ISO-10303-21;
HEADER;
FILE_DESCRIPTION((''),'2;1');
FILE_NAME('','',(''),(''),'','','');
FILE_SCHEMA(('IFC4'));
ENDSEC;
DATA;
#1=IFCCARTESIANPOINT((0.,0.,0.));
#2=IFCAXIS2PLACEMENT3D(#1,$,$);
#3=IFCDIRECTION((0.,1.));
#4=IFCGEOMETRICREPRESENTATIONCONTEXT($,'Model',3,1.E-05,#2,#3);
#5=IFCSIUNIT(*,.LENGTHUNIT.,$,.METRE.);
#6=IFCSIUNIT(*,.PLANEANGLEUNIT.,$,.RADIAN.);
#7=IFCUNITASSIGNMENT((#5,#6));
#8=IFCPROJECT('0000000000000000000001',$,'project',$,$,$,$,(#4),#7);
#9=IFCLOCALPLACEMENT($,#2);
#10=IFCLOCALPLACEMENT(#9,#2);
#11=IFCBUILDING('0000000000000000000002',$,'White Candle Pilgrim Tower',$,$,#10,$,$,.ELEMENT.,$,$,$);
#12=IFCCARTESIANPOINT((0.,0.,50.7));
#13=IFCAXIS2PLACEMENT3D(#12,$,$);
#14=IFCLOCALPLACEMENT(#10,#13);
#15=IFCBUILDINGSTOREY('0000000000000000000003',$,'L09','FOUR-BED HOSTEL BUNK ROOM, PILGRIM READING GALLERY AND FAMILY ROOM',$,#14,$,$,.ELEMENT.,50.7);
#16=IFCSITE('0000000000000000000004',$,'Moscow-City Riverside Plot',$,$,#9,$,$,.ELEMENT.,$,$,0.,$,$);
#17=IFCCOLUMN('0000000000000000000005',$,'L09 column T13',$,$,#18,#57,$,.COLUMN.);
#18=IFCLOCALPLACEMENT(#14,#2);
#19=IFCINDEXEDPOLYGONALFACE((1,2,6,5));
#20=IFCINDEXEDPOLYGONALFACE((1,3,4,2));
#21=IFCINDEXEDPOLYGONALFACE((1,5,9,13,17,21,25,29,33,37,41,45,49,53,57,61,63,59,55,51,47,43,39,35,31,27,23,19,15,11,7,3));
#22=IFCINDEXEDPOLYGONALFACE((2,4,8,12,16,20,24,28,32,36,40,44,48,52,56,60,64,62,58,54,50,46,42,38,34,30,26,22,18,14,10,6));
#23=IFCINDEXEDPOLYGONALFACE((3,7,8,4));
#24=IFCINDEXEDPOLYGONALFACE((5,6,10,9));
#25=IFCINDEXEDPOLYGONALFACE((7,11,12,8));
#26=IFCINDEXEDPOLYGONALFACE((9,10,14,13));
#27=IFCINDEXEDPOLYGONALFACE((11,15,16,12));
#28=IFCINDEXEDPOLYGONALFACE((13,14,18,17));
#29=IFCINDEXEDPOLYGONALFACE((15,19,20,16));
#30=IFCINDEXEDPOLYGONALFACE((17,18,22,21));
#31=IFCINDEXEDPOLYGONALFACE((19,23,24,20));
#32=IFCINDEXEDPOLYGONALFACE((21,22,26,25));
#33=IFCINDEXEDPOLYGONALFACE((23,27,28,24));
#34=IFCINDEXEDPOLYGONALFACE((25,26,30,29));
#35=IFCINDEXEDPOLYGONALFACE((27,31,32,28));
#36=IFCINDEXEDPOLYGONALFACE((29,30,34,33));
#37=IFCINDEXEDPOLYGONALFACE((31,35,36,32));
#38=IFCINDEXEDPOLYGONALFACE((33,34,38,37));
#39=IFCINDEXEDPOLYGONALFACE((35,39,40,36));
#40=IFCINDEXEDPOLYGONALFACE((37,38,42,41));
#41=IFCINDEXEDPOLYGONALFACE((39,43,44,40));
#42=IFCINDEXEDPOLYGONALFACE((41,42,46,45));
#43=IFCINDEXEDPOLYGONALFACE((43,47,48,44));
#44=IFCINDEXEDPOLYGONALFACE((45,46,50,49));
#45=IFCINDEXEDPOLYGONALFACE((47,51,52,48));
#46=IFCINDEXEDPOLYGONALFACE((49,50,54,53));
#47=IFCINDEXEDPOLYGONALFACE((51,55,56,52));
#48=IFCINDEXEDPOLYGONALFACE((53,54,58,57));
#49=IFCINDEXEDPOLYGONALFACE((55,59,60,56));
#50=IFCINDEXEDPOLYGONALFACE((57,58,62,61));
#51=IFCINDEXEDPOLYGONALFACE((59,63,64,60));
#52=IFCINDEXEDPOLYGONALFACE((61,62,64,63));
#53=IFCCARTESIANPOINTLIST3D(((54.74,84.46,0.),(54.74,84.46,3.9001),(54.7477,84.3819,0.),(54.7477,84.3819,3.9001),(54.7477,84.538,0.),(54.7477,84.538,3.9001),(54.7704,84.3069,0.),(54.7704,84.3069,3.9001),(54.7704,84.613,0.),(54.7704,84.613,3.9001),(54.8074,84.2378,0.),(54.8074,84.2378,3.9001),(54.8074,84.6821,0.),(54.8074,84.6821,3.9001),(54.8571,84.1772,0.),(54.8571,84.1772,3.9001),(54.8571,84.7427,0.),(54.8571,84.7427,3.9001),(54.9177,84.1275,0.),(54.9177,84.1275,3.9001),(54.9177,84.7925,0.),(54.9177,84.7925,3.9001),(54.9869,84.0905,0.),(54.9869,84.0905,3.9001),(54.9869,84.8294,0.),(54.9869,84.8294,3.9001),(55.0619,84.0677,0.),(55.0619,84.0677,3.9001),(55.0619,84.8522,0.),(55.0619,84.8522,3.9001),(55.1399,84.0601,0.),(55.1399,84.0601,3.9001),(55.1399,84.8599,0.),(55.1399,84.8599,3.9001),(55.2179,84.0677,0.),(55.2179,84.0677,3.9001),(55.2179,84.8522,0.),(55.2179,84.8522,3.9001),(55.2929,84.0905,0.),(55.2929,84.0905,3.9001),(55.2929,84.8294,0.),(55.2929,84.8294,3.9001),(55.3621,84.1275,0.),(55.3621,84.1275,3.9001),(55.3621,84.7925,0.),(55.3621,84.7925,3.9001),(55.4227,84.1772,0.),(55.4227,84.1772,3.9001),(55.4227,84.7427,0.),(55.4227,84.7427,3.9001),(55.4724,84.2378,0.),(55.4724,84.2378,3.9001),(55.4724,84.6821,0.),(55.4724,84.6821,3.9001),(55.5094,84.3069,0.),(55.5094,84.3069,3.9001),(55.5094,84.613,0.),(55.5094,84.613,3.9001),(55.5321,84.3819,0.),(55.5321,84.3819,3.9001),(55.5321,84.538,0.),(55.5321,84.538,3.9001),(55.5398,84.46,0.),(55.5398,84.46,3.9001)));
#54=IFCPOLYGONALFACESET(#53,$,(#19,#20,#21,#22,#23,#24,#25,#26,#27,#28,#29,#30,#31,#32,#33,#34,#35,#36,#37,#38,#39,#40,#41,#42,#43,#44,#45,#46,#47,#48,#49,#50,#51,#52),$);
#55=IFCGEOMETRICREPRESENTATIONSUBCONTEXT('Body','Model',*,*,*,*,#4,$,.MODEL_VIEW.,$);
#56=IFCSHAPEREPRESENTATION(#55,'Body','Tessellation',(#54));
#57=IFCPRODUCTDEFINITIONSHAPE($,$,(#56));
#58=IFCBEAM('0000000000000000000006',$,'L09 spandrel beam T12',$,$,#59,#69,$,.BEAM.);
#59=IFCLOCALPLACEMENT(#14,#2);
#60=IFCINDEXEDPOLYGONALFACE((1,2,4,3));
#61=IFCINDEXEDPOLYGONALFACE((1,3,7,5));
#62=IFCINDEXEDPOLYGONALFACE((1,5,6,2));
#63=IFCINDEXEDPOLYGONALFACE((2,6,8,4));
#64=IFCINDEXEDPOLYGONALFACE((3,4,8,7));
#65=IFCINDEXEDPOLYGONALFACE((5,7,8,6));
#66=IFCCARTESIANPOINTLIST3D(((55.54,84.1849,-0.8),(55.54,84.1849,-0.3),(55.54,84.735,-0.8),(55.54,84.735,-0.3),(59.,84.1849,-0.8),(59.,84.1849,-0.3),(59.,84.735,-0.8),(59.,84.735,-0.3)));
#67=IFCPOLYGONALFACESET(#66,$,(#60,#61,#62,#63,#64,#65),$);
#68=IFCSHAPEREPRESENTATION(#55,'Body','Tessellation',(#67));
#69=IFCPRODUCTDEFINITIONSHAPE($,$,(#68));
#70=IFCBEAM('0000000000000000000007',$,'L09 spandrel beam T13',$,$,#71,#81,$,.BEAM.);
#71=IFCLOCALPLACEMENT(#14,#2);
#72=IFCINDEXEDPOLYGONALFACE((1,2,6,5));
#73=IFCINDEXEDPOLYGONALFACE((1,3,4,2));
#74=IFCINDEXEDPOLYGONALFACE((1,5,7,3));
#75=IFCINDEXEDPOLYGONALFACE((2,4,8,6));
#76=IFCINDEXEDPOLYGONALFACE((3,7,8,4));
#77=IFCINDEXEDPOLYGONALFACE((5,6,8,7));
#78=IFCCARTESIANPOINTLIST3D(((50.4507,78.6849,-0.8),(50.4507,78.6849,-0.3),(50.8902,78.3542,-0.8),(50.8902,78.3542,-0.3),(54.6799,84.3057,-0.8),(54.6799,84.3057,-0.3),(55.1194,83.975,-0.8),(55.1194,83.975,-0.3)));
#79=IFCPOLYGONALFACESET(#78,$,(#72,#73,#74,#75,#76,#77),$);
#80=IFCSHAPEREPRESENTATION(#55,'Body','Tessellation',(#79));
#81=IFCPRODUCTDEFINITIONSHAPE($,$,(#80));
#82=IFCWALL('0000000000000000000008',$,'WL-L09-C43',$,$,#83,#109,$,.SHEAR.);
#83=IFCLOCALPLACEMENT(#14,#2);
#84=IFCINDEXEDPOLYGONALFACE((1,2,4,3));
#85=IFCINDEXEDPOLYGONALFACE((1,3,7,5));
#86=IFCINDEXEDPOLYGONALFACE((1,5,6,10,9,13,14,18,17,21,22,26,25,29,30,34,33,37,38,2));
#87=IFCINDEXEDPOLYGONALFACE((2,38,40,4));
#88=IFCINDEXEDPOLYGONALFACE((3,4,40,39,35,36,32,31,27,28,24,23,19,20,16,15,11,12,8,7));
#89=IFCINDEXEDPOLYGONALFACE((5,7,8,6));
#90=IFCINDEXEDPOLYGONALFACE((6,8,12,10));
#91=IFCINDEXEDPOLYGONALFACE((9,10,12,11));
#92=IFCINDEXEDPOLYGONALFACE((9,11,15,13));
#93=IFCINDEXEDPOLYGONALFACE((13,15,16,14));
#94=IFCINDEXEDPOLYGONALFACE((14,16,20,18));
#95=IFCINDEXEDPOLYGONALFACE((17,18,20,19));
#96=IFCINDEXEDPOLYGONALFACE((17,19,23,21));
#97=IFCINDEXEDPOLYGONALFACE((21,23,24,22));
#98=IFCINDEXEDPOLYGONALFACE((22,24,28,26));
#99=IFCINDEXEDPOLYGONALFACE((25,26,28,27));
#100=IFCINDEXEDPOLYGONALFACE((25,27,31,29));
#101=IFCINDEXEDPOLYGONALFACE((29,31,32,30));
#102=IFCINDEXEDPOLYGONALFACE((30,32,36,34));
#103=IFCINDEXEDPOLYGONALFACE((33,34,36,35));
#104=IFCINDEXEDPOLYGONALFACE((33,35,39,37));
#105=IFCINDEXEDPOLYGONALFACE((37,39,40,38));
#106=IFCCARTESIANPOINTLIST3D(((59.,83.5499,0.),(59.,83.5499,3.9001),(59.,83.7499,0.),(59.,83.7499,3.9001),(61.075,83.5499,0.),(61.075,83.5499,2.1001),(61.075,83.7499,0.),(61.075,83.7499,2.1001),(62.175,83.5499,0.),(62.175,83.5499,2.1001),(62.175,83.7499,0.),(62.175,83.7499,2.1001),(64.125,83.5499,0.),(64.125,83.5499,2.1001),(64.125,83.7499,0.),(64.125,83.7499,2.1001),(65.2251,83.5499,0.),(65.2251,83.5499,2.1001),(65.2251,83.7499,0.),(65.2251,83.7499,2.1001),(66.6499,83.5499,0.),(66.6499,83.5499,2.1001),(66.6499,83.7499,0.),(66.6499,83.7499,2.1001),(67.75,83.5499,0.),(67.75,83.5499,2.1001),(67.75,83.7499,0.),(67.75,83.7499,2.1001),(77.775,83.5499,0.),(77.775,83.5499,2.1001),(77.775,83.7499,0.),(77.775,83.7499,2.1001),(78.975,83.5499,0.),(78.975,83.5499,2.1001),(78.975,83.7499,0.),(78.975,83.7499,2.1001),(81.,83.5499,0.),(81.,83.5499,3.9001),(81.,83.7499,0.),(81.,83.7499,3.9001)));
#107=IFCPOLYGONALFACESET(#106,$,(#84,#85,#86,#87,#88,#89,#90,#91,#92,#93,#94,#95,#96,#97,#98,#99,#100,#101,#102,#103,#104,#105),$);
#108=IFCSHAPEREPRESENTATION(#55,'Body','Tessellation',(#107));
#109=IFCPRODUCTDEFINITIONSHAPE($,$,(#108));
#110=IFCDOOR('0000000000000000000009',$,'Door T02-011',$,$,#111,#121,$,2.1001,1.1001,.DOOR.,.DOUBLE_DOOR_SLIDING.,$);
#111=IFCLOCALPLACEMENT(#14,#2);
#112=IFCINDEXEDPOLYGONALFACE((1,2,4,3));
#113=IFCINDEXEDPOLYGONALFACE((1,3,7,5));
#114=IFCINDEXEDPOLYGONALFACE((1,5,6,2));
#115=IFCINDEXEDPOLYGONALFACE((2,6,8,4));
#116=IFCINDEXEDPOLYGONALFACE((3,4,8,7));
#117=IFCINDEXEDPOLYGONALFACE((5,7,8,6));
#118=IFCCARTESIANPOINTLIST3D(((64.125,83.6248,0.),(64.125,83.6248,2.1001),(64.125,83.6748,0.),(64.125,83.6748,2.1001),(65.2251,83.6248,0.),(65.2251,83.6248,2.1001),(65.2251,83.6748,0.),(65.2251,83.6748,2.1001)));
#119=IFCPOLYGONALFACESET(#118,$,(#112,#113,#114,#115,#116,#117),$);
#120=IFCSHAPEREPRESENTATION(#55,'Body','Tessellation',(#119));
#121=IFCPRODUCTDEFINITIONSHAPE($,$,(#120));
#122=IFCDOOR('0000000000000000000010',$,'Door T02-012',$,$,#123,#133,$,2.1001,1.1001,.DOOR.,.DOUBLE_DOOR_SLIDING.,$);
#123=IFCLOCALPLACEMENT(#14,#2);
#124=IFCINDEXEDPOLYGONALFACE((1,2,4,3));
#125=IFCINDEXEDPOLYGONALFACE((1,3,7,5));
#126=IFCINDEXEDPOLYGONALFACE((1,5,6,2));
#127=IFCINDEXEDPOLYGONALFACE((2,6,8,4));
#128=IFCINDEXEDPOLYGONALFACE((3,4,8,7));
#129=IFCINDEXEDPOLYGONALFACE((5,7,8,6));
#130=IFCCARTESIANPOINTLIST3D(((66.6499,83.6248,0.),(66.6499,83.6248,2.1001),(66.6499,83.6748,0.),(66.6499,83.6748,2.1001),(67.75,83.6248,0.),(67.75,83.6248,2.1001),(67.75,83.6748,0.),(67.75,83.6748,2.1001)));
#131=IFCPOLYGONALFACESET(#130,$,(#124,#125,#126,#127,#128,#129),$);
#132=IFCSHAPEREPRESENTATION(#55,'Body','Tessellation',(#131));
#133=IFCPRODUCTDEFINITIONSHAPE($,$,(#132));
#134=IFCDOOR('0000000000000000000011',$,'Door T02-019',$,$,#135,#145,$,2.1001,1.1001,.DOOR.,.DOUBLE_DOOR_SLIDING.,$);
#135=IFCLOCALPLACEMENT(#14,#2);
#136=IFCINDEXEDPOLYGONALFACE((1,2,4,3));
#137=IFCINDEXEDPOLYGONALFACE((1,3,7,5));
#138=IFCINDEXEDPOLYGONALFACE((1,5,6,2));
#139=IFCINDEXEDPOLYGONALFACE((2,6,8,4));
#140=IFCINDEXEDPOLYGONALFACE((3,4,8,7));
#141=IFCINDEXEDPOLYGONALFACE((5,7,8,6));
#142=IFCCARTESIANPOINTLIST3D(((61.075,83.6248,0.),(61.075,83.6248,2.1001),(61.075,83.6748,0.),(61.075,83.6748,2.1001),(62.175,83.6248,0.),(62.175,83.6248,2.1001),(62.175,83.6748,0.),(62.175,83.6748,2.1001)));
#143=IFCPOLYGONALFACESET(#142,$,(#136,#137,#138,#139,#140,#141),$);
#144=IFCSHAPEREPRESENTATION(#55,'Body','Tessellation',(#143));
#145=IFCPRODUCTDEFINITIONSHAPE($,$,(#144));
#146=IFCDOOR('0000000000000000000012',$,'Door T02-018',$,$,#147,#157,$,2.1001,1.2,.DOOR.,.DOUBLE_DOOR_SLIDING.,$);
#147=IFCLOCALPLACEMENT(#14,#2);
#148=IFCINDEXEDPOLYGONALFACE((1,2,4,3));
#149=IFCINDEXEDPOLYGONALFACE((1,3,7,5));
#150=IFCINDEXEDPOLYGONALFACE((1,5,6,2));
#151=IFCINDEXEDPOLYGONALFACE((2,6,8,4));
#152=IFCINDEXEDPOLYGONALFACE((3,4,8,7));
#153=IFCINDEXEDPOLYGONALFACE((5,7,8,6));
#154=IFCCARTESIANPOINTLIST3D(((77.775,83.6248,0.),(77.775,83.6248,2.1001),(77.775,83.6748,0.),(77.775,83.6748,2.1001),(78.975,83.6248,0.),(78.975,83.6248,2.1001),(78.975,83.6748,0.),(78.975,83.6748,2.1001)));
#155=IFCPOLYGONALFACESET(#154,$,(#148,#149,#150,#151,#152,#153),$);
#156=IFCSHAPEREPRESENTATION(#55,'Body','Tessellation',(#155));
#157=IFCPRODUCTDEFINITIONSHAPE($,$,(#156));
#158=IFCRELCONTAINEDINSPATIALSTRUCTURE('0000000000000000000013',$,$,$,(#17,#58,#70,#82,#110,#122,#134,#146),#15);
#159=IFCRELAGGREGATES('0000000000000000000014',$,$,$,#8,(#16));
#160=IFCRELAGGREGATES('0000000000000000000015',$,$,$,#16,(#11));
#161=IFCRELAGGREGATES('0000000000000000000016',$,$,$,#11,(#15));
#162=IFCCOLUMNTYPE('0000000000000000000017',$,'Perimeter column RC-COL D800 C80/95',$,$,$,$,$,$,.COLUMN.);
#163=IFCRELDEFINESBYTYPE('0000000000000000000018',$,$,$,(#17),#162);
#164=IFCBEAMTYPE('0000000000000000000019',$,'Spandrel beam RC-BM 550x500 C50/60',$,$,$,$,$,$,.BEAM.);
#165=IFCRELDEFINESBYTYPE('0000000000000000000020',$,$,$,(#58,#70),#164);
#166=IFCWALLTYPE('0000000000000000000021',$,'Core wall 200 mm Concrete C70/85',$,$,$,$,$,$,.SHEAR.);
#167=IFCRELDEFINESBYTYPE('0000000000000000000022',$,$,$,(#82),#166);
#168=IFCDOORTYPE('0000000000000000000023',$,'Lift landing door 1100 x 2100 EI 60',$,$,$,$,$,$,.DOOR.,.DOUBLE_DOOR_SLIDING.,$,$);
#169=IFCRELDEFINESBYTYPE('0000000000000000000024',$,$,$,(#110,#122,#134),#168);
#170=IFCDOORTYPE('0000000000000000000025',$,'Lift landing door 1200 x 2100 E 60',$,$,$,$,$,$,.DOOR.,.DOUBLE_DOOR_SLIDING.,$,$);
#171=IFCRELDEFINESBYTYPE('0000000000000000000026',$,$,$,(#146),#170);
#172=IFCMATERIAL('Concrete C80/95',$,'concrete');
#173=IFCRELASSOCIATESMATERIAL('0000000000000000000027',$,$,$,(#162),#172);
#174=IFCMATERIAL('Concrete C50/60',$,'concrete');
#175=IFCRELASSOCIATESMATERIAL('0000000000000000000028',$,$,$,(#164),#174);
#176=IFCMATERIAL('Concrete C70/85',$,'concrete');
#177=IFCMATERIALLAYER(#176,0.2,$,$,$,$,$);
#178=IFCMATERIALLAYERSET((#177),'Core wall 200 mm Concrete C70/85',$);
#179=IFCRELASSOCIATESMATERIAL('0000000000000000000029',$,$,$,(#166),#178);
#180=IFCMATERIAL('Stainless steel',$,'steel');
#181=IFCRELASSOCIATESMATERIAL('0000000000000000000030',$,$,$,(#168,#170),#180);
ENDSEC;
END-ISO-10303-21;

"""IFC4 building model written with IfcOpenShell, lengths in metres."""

from ifc_helpers import new_model, si_unit, direction, frame, frame_2d, origin, origin_2d, place, context, subcontext, project, spatial, rectangle, circle, extrude, material, layer, layer_set, material_profile, profile_set, type_object, element, fill, save


model = new_model("IFC4")

# Units and contexts
model_context = context("Model", 3, precision=1e-05, world=origin(), true_north=direction((0.0, 1.0)))
body_context = subcontext(model_context, "Body", "Model", "MODEL_VIEW")
ifc_project = project(units=[si_unit("LENGTHUNIT", "METRE"), si_unit("PLANEANGLEUNIT", "RADIAN")], contexts=[model_context])

# Site, building, storey
site_placement = place(None, origin())
site = spatial("IfcSite", under=ifc_project, at=site_placement, Name="Moscow-City Riverside Plot", CompositionType="ELEMENT", RefElevation=0.0)
building_placement = place(site_placement, origin())
building = spatial("IfcBuilding", under=site, at=building_placement, Name="White Candle Pilgrim Tower", CompositionType="ELEMENT")
storey_placement = place(building_placement, frame((0.0, 0.0, 50.7)))
storey = spatial("IfcBuildingStorey", under=building, at=storey_placement, Name="L09", Description="FOUR-BED HOSTEL BUNK ROOM, PILGRIM READING GALLERY AND FAMILY ROOM", CompositionType="ELEMENT", Elevation=50.7)

# Column
ifc_material_1 = material(Name="Concrete C80/95", Category="concrete")
ifc_material_profile_1 = material_profile(ifc_material_1, circle(Radius=0.3999, at=origin_2d()), Name="RC-COL D800")
ifc_profile_set_1 = profile_set([ifc_material_profile_1], Name="Concrete C80/95")
column_type = type_object("IfcColumnType", Name="Perimeter column RC-COL D800 C80/95", PredefinedType="COLUMN", material=ifc_profile_set_1)
column_placement = place(storey_placement, frame((55.1399, 84.46, 0.0), z_axis=(0.0, 0.0, 1.0), x_axis=(1.0, 0.0, 0.0)))
element("IfcColumn", 1, at=column_placement, inside=storey, type_object=column_type, Name="L09 column T13", PredefinedType="COLUMN", context=body_context, shape_type="SweptSolid", body=[
    extrude(circle(Radius=0.3999, at=origin_2d()), origin(), (0.0, 0.0, 1.0), 3.9001),
])

# Beams
ifc_material_2 = material(Name="Concrete C50/60", Category="concrete")
ifc_material_profile_2 = material_profile(ifc_material_2, rectangle(XDim=0.55, YDim=0.5, at=origin_2d()), Name="RC-BM 550x500")
ifc_profile_set_2 = profile_set([ifc_material_profile_2], Name="Concrete C50/60")
beam_type = type_object("IfcBeamType", Name="Spandrel beam RC-BM 550x500 C50/60", PredefinedType="BEAM", material=ifc_profile_set_2)
beam_1_placement = place(storey_placement, frame((55.54, 84.46, -0.55), z_axis=(1.0, 0.0, 0.0), x_axis=(0.0, 1.0, 0.0)))
element("IfcBeam", 2, at=beam_1_placement, inside=storey, type_object=beam_type, Name="L09 spandrel beam T12", PredefinedType="BEAM", context=body_context, shape_type="SweptSolid", body=[
    extrude(rectangle(XDim=0.55, YDim=0.5, at=origin_2d()), origin(), (0.0, 0.0, 1.0), 3.46),
])
beam_2_placement = place(storey_placement, frame((54.8997, 84.1404, -0.55), z_axis=(-0.601238, -0.79907, 0.0), x_axis=(0.79907, -0.601238, 0.0)))
element("IfcBeam", 3, at=beam_2_placement, inside=storey, type_object=beam_type, Name="L09 spandrel beam T13", PredefinedType="BEAM", context=body_context, shape_type="SweptSolid", body=[
    extrude(rectangle(XDim=0.55, YDim=0.5, at=origin_2d()), origin(), (0.0, 0.0, 1.0), 7.0342),
])

# Wall, openings, doors
ifc_material_3 = material(Name="Concrete C70/85", Category="concrete")
ifc_layer_1 = layer(ifc_material_3, 0.2)
ifc_layer_set_1 = layer_set([ifc_layer_1], Name="Core wall 200 mm Concrete C70/85")
wall_type_1 = type_object("IfcWallType", Name="Core wall 200 mm Concrete C70/85", PredefinedType="SHEAR", material=ifc_layer_set_1)
wall_1_placement = place(storey_placement, frame((59.0, 83.6499, 0.0), z_axis=(0.0, 0.0, 1.0), x_axis=(1.0, 0.0, 0.0)))
wall_1 = element("IfcWall", 4, at=wall_1_placement, inside=storey, type_object=wall_type_1, Name="WL-L09-C43", PredefinedType="SHEAR", context=body_context, shape_type="SweptSolid", body=[
    extrude(rectangle(XDim=22.0, YDim=0.2, at=frame_2d((11.0, 0.0))), origin(), (0.0, 0.0, 1.0), 3.9001),
])
opening_1_placement = place(wall_1_placement, frame((5.125, 0.0, 0.0)))
opening_1 = element("IfcOpeningElement", 5, at=opening_1_placement, cuts=wall_1, PredefinedType="OPENING", context=body_context, shape_type="SweptSolid", body=[
    extrude(rectangle(XDim=1.1001, YDim=2.1001, at=frame_2d((0.55, 1.05))), frame((0.0, 0.1099, 0.0), z_axis=(0.0, -1.0, 0.0), x_axis=(1.0, 0.0, 0.0)), (0.0, 0.0, 1.0), 0.22),
])
opening_2_placement = place(wall_1_placement, frame((7.6499, 0.0, 0.0)))
opening_2 = element("IfcOpeningElement", 6, at=opening_2_placement, cuts=wall_1, PredefinedType="OPENING", context=body_context, shape_type="SweptSolid", body=[
    extrude(rectangle(XDim=1.1001, YDim=2.1001, at=frame_2d((0.55, 1.05))), frame((0.0, 0.1099, 0.0), z_axis=(0.0, -1.0, 0.0), x_axis=(1.0, 0.0, 0.0)), (0.0, 0.0, 1.0), 0.22),
])
opening_3_placement = place(wall_1_placement, frame((18.7749, 0.0, 0.0)))
opening_3 = element("IfcOpeningElement", 7, at=opening_3_placement, cuts=wall_1, PredefinedType="OPENING", context=body_context, shape_type="SweptSolid", body=[
    extrude(rectangle(XDim=1.2, YDim=2.1001, at=frame_2d((0.6001, 1.05))), frame((0.0, 0.1099, 0.0), z_axis=(0.0, -1.0, 0.0), x_axis=(1.0, 0.0, 0.0)), (0.0, 0.0, 1.0), 0.22),
])
opening_4_placement = place(wall_1_placement, frame((2.075, 0.0, 0.0)))
opening_4 = element("IfcOpeningElement", 8, at=opening_4_placement, cuts=wall_1, PredefinedType="OPENING", context=body_context, shape_type="SweptSolid", body=[
    extrude(rectangle(XDim=1.1001, YDim=2.1001, at=frame_2d((0.55, 1.05))), frame((0.0, 0.1099, 0.0), z_axis=(0.0, -1.0, 0.0), x_axis=(1.0, 0.0, 0.0)), (0.0, 0.0, 1.0), 0.22),
])
ifc_material_4 = material(Name="Stainless steel", Category="steel")
door_type_1 = type_object("IfcDoorType", Name="Lift landing door 1100 x 2100 EI 60", OperationType="DOUBLE_DOOR_SLIDING", PredefinedType="DOOR", material=ifc_material_4)
door_1_placement = place(opening_1_placement, origin())
door_1 = element("IfcDoor", 9, at=door_1_placement, inside=storey, type_object=door_type_1, Name="Door T02-011", OperationType="DOUBLE_DOOR_SLIDING", OverallHeight=2.1001, OverallWidth=1.1001, PredefinedType="DOOR", context=body_context, shape_type="SweptSolid", body=[
    extrude(rectangle(XDim=1.1001, YDim=2.1001, at=frame_2d((0.55, 1.05))), frame((0.0, 0.0249, 0.0), z_axis=(0.0, -1.0, 0.0), x_axis=(1.0, 0.0, 0.0)), (0.0, 0.0, 1.0), 0.05),
])
fill(opening_1, door_1)
door_2_placement = place(opening_2_placement, origin())
door_2 = element("IfcDoor", 10, at=door_2_placement, inside=storey, type_object=door_type_1, Name="Door T02-012", OperationType="DOUBLE_DOOR_SLIDING", OverallHeight=2.1001, OverallWidth=1.1001, PredefinedType="DOOR", context=body_context, shape_type="SweptSolid", body=[
    extrude(rectangle(XDim=1.1001, YDim=2.1001, at=frame_2d((0.55, 1.05))), frame((0.0, 0.0249, 0.0), z_axis=(0.0, -1.0, 0.0), x_axis=(1.0, 0.0, 0.0)), (0.0, 0.0, 1.0), 0.05),
])
fill(opening_2, door_2)
door_3_placement = place(opening_4_placement, origin())
door_3 = element("IfcDoor", 11, at=door_3_placement, inside=storey, type_object=door_type_1, Name="Door T02-019", OperationType="DOUBLE_DOOR_SLIDING", OverallHeight=2.1001, OverallWidth=1.1001, PredefinedType="DOOR", context=body_context, shape_type="SweptSolid", body=[
    extrude(rectangle(XDim=1.1001, YDim=2.1001, at=frame_2d((0.55, 1.05))), frame((0.0, 0.0249, 0.0), z_axis=(0.0, -1.0, 0.0), x_axis=(1.0, 0.0, 0.0)), (0.0, 0.0, 1.0), 0.05),
])
fill(opening_4, door_3)
door_type_2 = type_object("IfcDoorType", Name="Lift landing door 1200 x 2100 E 60", OperationType="DOUBLE_DOOR_SLIDING", PredefinedType="DOOR", material=ifc_material_4)
door_4_placement = place(opening_3_placement, origin())
door_4 = element("IfcDoor", 12, at=door_4_placement, inside=storey, type_object=door_type_2, Name="Door T02-018", OperationType="DOUBLE_DOOR_SLIDING", OverallHeight=2.1001, OverallWidth=1.2, PredefinedType="DOOR", context=body_context, shape_type="SweptSolid", body=[
    extrude(rectangle(XDim=1.2, YDim=2.1001, at=frame_2d((0.6001, 1.05))), frame((0.0, 0.0249, 0.0), z_axis=(0.0, -1.0, 0.0), x_axis=(1.0, 0.0, 0.0)), (0.0, 0.0, 1.0), 0.05),
])
fill(opening_3, door_4)

save(model, "model.ifc")
